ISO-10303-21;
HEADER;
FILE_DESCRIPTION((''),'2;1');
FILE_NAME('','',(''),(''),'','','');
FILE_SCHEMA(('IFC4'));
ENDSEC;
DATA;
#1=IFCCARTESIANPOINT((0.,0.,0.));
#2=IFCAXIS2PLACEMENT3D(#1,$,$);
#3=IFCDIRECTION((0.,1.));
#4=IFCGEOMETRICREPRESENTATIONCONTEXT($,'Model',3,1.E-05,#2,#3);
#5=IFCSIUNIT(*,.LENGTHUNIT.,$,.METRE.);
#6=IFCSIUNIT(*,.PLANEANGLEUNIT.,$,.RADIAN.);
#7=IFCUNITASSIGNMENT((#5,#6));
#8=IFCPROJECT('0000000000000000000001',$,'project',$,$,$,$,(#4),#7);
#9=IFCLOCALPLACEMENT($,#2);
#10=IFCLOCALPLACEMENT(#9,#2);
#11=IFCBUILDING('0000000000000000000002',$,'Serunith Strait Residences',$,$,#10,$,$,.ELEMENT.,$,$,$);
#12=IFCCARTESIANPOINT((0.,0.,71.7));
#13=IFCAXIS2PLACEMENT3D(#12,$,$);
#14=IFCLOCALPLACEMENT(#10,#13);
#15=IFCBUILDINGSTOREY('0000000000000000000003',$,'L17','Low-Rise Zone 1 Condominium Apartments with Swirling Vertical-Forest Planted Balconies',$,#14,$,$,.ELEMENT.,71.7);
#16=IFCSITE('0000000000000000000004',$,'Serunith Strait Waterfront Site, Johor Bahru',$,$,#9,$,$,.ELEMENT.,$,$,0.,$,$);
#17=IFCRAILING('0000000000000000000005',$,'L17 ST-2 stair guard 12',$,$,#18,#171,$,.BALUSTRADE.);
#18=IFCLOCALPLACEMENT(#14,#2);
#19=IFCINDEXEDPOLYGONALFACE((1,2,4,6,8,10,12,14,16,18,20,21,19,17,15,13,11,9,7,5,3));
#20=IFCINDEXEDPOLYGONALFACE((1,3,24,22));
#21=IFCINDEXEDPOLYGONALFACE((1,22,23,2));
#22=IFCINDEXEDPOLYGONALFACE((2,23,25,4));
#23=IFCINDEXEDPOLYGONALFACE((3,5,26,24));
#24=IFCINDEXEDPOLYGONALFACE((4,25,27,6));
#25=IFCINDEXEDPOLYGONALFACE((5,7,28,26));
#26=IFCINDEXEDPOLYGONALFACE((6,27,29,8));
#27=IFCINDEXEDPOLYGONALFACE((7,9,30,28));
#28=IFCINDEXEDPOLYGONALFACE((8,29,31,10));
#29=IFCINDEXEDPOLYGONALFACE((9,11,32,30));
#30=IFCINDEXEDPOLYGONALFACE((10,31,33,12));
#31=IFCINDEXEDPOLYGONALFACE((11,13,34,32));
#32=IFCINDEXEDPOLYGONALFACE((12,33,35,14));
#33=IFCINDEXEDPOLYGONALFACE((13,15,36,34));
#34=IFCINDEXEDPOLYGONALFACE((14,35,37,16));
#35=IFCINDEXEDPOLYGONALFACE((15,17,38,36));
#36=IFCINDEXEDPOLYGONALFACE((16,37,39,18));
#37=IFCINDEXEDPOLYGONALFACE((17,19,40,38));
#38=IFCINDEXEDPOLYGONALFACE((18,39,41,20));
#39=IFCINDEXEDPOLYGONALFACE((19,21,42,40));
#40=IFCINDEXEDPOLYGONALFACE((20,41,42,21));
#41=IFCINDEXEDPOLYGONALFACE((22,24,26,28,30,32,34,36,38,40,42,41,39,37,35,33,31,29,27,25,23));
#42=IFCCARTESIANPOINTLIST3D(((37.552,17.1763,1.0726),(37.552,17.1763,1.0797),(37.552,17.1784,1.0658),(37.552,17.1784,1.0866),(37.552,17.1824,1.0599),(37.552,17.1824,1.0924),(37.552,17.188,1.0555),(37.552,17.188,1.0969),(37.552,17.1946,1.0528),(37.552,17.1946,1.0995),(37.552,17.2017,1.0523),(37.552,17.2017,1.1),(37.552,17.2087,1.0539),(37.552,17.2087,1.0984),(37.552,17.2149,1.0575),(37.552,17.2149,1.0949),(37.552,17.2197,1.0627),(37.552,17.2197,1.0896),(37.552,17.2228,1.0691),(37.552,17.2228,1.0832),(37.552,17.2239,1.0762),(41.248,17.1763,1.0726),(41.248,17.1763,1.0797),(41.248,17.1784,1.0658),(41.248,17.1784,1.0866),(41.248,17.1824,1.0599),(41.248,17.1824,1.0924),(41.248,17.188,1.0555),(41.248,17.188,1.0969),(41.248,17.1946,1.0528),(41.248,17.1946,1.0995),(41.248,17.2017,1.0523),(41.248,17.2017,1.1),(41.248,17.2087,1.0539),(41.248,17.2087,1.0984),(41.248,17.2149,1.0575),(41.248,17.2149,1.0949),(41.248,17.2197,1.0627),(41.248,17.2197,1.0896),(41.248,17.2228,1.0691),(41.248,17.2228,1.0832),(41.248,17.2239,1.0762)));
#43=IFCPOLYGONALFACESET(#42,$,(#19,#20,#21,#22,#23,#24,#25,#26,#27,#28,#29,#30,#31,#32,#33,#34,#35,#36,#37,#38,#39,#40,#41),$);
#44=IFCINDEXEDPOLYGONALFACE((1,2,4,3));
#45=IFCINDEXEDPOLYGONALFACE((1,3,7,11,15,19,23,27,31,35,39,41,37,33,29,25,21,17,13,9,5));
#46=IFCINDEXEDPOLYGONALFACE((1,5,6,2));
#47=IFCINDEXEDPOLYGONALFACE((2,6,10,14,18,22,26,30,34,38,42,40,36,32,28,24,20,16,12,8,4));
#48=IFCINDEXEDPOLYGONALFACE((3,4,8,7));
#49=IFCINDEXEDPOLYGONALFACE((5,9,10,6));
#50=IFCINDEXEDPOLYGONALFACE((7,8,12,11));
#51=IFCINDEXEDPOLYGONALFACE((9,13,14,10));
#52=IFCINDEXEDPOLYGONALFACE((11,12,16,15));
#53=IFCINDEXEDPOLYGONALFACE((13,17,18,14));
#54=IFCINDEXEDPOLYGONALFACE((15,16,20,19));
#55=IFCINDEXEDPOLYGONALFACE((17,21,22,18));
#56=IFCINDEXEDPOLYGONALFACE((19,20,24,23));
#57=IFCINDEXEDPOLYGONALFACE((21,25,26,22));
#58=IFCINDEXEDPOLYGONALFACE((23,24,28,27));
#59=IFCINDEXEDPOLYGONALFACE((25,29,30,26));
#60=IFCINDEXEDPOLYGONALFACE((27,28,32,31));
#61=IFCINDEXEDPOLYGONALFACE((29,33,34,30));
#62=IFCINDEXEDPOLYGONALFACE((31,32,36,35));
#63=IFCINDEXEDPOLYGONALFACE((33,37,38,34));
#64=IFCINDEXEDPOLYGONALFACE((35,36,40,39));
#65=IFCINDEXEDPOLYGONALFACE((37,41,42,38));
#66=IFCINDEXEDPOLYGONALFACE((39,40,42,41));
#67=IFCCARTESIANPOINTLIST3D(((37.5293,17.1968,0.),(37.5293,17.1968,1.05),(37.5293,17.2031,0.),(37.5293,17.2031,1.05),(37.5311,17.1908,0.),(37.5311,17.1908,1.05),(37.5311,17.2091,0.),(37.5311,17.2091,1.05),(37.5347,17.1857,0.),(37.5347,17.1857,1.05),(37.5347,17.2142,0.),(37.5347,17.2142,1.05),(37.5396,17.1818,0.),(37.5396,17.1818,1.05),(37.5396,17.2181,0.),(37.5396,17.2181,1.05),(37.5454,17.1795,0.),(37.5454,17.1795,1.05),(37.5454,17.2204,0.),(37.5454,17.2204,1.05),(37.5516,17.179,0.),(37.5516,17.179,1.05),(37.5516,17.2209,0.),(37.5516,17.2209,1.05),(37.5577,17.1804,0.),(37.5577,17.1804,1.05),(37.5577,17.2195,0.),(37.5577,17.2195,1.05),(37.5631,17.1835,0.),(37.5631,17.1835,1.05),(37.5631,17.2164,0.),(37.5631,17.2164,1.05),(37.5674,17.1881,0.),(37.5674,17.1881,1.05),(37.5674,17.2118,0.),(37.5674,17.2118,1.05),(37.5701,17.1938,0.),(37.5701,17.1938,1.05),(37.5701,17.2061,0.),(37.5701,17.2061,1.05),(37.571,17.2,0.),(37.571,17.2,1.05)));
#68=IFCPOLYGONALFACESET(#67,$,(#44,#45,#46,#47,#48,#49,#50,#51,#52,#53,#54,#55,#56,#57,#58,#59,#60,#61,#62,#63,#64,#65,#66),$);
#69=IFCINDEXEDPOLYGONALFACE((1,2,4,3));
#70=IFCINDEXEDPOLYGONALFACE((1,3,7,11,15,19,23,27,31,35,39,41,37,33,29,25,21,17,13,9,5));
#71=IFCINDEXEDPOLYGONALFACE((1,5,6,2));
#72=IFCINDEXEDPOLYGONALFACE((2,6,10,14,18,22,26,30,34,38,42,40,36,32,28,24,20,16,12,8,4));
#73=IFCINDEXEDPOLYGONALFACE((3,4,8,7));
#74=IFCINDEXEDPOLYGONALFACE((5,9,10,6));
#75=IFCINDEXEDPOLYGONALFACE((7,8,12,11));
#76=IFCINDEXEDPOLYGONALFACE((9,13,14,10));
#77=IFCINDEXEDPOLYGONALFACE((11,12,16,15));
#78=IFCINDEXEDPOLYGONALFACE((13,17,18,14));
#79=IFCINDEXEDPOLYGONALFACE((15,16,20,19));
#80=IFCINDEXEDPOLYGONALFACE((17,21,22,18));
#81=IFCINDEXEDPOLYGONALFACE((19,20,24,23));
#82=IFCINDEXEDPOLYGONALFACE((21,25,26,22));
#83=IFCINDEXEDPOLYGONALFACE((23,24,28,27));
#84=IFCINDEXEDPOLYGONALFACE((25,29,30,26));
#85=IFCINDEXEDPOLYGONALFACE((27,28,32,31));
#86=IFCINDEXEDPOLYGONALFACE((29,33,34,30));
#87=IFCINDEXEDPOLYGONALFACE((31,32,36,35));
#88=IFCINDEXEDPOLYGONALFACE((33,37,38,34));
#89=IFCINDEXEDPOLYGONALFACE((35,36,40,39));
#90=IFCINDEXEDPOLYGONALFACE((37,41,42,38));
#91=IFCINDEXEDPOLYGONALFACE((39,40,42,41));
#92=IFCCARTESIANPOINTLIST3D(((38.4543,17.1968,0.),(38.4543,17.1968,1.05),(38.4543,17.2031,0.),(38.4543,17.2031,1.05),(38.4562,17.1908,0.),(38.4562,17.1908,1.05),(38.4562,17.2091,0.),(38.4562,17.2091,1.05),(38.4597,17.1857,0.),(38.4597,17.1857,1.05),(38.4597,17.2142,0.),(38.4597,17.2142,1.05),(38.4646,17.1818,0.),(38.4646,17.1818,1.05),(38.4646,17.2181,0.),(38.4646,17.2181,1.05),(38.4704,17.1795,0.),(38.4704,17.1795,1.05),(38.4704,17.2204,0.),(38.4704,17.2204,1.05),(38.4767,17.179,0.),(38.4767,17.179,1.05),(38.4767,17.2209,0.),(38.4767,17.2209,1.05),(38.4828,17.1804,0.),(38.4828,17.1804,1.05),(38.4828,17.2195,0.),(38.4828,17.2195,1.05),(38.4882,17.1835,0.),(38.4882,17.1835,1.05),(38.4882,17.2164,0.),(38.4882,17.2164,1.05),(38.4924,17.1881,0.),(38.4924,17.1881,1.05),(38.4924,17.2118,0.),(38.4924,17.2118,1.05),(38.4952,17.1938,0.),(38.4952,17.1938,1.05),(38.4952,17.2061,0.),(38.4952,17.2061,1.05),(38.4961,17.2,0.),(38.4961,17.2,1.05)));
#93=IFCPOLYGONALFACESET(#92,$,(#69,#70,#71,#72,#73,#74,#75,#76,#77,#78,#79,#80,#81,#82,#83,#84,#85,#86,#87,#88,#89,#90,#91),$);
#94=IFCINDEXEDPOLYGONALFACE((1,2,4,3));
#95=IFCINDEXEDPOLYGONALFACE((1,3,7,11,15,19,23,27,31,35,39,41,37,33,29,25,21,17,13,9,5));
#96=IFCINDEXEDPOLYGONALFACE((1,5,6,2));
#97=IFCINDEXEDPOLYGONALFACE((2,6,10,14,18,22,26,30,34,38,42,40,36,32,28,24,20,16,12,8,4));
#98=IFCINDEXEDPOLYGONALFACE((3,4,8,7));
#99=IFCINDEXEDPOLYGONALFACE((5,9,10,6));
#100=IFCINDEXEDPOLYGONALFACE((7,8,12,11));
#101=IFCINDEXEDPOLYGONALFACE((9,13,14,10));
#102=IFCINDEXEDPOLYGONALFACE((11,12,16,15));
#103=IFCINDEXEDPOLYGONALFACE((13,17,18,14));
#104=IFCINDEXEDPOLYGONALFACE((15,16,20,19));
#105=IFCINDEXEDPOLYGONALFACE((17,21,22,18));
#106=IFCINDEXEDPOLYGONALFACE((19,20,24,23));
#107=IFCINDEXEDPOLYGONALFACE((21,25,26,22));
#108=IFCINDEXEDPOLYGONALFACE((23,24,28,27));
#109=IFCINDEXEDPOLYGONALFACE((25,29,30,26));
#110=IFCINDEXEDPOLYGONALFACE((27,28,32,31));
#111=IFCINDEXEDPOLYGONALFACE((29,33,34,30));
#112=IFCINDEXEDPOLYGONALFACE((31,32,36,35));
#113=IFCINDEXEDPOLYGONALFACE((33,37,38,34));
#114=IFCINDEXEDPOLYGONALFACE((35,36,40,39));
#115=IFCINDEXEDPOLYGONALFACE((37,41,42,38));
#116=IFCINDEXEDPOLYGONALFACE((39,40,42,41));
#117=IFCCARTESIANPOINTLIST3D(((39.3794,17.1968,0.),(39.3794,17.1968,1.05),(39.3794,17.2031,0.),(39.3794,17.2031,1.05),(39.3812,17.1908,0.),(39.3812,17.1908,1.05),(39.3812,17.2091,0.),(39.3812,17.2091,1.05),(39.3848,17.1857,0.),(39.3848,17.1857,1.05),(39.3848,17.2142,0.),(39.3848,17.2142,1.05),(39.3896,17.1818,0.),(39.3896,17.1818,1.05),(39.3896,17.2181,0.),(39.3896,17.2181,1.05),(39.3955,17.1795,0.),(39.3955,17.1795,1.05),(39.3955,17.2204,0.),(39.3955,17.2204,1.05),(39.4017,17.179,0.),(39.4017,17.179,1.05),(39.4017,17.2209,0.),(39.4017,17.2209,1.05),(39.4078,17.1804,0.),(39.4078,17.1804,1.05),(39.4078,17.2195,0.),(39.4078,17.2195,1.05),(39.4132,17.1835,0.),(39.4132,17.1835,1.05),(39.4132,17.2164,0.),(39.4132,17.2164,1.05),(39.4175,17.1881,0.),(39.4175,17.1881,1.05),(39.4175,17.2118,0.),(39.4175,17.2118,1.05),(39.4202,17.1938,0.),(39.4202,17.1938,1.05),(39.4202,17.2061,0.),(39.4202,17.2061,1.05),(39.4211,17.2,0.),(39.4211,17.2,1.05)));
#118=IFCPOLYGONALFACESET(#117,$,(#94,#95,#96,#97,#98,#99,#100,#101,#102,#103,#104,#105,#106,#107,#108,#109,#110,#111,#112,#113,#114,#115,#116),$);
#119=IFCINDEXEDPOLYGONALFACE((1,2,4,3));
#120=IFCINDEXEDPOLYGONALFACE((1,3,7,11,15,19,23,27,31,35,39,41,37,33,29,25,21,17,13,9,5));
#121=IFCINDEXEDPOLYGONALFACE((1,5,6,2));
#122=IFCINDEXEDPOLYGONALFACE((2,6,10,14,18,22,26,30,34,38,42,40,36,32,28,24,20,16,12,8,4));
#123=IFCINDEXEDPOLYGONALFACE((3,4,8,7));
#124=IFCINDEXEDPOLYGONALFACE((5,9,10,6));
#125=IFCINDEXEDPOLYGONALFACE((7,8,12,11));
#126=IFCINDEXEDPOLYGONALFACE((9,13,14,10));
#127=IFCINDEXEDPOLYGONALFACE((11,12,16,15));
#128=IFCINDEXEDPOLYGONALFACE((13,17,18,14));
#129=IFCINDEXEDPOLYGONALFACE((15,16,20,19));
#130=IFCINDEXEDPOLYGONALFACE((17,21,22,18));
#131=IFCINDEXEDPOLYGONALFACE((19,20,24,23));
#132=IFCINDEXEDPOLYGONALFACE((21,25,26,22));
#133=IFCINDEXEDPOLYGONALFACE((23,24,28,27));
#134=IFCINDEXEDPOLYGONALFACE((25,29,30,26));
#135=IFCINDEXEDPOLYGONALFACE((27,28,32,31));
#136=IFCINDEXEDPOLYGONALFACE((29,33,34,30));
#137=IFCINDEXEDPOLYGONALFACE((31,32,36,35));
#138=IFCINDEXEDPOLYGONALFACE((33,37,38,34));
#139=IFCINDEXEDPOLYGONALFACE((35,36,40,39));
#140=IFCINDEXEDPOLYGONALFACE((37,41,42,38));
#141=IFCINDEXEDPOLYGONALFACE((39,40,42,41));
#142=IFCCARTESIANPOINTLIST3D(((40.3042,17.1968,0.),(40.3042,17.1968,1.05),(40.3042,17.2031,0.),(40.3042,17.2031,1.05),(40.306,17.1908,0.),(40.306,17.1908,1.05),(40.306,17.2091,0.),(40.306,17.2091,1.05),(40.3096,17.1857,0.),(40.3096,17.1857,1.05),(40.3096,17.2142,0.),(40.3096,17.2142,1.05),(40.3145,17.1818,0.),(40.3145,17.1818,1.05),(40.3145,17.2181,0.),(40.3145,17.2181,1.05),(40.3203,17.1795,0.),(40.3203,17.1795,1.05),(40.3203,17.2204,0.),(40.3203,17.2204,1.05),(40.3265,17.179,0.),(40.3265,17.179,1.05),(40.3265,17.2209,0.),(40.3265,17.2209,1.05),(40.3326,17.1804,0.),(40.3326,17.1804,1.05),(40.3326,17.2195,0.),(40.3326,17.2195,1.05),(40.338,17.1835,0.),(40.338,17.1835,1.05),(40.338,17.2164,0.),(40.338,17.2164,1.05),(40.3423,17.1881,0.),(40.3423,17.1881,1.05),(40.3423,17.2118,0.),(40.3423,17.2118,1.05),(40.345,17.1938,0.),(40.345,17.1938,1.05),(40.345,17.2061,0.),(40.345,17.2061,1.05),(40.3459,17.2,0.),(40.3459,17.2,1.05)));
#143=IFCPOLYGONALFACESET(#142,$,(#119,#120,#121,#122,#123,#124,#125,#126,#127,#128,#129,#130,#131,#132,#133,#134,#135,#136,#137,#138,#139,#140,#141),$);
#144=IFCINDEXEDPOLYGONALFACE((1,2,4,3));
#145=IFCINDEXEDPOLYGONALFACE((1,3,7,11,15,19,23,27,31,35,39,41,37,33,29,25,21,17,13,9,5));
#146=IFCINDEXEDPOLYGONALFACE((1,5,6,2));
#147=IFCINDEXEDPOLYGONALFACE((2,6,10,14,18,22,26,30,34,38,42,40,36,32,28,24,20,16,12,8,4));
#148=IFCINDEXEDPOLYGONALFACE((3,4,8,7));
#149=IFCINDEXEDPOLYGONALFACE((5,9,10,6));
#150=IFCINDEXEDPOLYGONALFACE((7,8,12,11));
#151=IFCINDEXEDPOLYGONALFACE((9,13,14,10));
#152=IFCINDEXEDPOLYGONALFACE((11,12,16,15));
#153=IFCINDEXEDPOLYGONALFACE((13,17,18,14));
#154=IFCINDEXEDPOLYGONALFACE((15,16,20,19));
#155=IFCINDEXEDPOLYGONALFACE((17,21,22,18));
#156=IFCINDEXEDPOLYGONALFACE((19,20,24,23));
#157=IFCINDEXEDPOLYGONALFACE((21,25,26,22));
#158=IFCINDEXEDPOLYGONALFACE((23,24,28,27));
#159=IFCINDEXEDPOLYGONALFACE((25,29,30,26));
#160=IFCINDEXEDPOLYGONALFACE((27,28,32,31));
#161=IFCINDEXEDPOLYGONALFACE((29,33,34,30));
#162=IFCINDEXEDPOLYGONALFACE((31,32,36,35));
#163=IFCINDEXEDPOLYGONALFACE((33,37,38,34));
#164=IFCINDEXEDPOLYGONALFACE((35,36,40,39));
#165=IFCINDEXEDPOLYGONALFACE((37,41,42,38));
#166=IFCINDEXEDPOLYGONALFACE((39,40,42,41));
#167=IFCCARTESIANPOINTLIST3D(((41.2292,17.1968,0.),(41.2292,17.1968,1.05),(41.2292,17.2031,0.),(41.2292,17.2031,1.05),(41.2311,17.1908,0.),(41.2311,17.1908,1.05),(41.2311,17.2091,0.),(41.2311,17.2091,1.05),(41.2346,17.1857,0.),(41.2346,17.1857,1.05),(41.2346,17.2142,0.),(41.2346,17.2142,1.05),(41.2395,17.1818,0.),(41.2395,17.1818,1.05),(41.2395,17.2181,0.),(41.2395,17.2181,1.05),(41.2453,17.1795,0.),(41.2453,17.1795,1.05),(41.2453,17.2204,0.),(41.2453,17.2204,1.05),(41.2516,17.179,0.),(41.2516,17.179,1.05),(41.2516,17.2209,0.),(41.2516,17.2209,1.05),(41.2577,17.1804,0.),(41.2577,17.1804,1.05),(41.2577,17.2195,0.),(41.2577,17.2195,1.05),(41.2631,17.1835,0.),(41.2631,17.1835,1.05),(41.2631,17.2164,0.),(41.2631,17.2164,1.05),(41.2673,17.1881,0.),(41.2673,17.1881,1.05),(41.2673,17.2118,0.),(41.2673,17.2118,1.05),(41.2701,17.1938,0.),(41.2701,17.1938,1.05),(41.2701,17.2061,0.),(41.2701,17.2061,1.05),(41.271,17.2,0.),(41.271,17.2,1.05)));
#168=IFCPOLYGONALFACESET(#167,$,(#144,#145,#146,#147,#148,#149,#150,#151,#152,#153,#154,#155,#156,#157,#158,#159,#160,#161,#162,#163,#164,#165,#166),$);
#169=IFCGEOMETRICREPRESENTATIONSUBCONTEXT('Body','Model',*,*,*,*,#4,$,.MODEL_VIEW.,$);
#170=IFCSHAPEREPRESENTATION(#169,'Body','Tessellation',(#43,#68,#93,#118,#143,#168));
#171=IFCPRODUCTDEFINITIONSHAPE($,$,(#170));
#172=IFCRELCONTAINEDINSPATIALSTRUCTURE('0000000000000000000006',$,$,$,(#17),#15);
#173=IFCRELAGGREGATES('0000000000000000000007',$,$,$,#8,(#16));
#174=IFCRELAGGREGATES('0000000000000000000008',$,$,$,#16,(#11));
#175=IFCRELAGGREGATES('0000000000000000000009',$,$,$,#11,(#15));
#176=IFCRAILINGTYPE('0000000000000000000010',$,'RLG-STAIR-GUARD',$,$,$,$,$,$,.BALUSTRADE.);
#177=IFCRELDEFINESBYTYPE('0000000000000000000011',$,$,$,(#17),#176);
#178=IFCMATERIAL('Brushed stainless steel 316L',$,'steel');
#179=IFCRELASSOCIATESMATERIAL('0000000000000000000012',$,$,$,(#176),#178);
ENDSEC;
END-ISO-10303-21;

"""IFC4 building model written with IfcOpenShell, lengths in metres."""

from ifc_helpers import new_model, si_unit, direction, frame, origin, origin_2d, place, context, subcontext, project, spatial, circle, extrude, material, type_object, element, save


model = new_model("IFC4")

# Units and contexts
model_context = context("Model", 3, precision=1e-05, world=origin(), true_north=direction((0.0, 1.0)))
body_context = subcontext(model_context, "Body", "Model", "MODEL_VIEW")
ifc_project = project(units=[si_unit("LENGTHUNIT", "METRE"), si_unit("PLANEANGLEUNIT", "RADIAN")], contexts=[model_context])

# Site, building, storey
site_placement = place(None, origin())
site = spatial("IfcSite", under=ifc_project, at=site_placement, Name="Serunith Strait Waterfront Site, Johor Bahru", CompositionType="ELEMENT", RefElevation=0.0)
building_placement = place(site_placement, origin())
building = spatial("IfcBuilding", under=site, at=building_placement, Name="Serunith Strait Residences", CompositionType="ELEMENT")
storey_placement = place(building_placement, frame((0.0, 0.0, 71.7)))
storey = spatial("IfcBuildingStorey", under=building, at=storey_placement, Name="L17", Description="Low-Rise Zone 1 Condominium Apartments with Swirling Vertical-Forest Planted Balconies", CompositionType="ELEMENT", Elevation=71.7)

# Railing
ifc_material_1 = material(Name="Brushed stainless steel 316L", Category="steel")
railing_type_1 = type_object("IfcRailingType", Name="RLG-STAIR-GUARD", PredefinedType="BALUSTRADE", material=ifc_material_1)
railing_1_placement = place(storey_placement, frame((37.55, 17.2, 0.0)))
element("IfcRailing", 1, at=railing_1_placement, inside=storey, type_object=railing_type_1, Name="L17 ST-2 stair guard 12", PredefinedType="BALUSTRADE", context=body_context, shape_type="SweptSolid", body=[
    extrude(circle(Radius=0.0239, at=origin_2d()), frame((0.002, 0.0, 1.0762), z_axis=(1.0, 0.0, 0.0), x_axis=(0.0, 1.0, 0.0)), (0.0, 0.0, 1.0), 3.696),
    extrude(circle(Radius=0.021, at=origin_2d()), origin(), (0.0, 0.0, 1.0), 1.05),
    extrude(circle(Radius=0.021, at=origin_2d()), frame((0.925, 0.0, 0.0)), (0.0, 0.0, 1.0), 1.05),
    extrude(circle(Radius=0.021, at=origin_2d()), frame((1.8501, 0.0, 0.0)), (0.0, 0.0, 1.0), 1.05),
    extrude(circle(Radius=0.021, at=origin_2d()), frame((2.7749, 0.0, 0.0)), (0.0, 0.0, 1.0), 1.05),
    extrude(circle(Radius=0.021, at=origin_2d()), frame((3.7, 0.0, 0.0)), (0.0, 0.0, 1.0), 1.05),
])

save(model, "model.ifc")
